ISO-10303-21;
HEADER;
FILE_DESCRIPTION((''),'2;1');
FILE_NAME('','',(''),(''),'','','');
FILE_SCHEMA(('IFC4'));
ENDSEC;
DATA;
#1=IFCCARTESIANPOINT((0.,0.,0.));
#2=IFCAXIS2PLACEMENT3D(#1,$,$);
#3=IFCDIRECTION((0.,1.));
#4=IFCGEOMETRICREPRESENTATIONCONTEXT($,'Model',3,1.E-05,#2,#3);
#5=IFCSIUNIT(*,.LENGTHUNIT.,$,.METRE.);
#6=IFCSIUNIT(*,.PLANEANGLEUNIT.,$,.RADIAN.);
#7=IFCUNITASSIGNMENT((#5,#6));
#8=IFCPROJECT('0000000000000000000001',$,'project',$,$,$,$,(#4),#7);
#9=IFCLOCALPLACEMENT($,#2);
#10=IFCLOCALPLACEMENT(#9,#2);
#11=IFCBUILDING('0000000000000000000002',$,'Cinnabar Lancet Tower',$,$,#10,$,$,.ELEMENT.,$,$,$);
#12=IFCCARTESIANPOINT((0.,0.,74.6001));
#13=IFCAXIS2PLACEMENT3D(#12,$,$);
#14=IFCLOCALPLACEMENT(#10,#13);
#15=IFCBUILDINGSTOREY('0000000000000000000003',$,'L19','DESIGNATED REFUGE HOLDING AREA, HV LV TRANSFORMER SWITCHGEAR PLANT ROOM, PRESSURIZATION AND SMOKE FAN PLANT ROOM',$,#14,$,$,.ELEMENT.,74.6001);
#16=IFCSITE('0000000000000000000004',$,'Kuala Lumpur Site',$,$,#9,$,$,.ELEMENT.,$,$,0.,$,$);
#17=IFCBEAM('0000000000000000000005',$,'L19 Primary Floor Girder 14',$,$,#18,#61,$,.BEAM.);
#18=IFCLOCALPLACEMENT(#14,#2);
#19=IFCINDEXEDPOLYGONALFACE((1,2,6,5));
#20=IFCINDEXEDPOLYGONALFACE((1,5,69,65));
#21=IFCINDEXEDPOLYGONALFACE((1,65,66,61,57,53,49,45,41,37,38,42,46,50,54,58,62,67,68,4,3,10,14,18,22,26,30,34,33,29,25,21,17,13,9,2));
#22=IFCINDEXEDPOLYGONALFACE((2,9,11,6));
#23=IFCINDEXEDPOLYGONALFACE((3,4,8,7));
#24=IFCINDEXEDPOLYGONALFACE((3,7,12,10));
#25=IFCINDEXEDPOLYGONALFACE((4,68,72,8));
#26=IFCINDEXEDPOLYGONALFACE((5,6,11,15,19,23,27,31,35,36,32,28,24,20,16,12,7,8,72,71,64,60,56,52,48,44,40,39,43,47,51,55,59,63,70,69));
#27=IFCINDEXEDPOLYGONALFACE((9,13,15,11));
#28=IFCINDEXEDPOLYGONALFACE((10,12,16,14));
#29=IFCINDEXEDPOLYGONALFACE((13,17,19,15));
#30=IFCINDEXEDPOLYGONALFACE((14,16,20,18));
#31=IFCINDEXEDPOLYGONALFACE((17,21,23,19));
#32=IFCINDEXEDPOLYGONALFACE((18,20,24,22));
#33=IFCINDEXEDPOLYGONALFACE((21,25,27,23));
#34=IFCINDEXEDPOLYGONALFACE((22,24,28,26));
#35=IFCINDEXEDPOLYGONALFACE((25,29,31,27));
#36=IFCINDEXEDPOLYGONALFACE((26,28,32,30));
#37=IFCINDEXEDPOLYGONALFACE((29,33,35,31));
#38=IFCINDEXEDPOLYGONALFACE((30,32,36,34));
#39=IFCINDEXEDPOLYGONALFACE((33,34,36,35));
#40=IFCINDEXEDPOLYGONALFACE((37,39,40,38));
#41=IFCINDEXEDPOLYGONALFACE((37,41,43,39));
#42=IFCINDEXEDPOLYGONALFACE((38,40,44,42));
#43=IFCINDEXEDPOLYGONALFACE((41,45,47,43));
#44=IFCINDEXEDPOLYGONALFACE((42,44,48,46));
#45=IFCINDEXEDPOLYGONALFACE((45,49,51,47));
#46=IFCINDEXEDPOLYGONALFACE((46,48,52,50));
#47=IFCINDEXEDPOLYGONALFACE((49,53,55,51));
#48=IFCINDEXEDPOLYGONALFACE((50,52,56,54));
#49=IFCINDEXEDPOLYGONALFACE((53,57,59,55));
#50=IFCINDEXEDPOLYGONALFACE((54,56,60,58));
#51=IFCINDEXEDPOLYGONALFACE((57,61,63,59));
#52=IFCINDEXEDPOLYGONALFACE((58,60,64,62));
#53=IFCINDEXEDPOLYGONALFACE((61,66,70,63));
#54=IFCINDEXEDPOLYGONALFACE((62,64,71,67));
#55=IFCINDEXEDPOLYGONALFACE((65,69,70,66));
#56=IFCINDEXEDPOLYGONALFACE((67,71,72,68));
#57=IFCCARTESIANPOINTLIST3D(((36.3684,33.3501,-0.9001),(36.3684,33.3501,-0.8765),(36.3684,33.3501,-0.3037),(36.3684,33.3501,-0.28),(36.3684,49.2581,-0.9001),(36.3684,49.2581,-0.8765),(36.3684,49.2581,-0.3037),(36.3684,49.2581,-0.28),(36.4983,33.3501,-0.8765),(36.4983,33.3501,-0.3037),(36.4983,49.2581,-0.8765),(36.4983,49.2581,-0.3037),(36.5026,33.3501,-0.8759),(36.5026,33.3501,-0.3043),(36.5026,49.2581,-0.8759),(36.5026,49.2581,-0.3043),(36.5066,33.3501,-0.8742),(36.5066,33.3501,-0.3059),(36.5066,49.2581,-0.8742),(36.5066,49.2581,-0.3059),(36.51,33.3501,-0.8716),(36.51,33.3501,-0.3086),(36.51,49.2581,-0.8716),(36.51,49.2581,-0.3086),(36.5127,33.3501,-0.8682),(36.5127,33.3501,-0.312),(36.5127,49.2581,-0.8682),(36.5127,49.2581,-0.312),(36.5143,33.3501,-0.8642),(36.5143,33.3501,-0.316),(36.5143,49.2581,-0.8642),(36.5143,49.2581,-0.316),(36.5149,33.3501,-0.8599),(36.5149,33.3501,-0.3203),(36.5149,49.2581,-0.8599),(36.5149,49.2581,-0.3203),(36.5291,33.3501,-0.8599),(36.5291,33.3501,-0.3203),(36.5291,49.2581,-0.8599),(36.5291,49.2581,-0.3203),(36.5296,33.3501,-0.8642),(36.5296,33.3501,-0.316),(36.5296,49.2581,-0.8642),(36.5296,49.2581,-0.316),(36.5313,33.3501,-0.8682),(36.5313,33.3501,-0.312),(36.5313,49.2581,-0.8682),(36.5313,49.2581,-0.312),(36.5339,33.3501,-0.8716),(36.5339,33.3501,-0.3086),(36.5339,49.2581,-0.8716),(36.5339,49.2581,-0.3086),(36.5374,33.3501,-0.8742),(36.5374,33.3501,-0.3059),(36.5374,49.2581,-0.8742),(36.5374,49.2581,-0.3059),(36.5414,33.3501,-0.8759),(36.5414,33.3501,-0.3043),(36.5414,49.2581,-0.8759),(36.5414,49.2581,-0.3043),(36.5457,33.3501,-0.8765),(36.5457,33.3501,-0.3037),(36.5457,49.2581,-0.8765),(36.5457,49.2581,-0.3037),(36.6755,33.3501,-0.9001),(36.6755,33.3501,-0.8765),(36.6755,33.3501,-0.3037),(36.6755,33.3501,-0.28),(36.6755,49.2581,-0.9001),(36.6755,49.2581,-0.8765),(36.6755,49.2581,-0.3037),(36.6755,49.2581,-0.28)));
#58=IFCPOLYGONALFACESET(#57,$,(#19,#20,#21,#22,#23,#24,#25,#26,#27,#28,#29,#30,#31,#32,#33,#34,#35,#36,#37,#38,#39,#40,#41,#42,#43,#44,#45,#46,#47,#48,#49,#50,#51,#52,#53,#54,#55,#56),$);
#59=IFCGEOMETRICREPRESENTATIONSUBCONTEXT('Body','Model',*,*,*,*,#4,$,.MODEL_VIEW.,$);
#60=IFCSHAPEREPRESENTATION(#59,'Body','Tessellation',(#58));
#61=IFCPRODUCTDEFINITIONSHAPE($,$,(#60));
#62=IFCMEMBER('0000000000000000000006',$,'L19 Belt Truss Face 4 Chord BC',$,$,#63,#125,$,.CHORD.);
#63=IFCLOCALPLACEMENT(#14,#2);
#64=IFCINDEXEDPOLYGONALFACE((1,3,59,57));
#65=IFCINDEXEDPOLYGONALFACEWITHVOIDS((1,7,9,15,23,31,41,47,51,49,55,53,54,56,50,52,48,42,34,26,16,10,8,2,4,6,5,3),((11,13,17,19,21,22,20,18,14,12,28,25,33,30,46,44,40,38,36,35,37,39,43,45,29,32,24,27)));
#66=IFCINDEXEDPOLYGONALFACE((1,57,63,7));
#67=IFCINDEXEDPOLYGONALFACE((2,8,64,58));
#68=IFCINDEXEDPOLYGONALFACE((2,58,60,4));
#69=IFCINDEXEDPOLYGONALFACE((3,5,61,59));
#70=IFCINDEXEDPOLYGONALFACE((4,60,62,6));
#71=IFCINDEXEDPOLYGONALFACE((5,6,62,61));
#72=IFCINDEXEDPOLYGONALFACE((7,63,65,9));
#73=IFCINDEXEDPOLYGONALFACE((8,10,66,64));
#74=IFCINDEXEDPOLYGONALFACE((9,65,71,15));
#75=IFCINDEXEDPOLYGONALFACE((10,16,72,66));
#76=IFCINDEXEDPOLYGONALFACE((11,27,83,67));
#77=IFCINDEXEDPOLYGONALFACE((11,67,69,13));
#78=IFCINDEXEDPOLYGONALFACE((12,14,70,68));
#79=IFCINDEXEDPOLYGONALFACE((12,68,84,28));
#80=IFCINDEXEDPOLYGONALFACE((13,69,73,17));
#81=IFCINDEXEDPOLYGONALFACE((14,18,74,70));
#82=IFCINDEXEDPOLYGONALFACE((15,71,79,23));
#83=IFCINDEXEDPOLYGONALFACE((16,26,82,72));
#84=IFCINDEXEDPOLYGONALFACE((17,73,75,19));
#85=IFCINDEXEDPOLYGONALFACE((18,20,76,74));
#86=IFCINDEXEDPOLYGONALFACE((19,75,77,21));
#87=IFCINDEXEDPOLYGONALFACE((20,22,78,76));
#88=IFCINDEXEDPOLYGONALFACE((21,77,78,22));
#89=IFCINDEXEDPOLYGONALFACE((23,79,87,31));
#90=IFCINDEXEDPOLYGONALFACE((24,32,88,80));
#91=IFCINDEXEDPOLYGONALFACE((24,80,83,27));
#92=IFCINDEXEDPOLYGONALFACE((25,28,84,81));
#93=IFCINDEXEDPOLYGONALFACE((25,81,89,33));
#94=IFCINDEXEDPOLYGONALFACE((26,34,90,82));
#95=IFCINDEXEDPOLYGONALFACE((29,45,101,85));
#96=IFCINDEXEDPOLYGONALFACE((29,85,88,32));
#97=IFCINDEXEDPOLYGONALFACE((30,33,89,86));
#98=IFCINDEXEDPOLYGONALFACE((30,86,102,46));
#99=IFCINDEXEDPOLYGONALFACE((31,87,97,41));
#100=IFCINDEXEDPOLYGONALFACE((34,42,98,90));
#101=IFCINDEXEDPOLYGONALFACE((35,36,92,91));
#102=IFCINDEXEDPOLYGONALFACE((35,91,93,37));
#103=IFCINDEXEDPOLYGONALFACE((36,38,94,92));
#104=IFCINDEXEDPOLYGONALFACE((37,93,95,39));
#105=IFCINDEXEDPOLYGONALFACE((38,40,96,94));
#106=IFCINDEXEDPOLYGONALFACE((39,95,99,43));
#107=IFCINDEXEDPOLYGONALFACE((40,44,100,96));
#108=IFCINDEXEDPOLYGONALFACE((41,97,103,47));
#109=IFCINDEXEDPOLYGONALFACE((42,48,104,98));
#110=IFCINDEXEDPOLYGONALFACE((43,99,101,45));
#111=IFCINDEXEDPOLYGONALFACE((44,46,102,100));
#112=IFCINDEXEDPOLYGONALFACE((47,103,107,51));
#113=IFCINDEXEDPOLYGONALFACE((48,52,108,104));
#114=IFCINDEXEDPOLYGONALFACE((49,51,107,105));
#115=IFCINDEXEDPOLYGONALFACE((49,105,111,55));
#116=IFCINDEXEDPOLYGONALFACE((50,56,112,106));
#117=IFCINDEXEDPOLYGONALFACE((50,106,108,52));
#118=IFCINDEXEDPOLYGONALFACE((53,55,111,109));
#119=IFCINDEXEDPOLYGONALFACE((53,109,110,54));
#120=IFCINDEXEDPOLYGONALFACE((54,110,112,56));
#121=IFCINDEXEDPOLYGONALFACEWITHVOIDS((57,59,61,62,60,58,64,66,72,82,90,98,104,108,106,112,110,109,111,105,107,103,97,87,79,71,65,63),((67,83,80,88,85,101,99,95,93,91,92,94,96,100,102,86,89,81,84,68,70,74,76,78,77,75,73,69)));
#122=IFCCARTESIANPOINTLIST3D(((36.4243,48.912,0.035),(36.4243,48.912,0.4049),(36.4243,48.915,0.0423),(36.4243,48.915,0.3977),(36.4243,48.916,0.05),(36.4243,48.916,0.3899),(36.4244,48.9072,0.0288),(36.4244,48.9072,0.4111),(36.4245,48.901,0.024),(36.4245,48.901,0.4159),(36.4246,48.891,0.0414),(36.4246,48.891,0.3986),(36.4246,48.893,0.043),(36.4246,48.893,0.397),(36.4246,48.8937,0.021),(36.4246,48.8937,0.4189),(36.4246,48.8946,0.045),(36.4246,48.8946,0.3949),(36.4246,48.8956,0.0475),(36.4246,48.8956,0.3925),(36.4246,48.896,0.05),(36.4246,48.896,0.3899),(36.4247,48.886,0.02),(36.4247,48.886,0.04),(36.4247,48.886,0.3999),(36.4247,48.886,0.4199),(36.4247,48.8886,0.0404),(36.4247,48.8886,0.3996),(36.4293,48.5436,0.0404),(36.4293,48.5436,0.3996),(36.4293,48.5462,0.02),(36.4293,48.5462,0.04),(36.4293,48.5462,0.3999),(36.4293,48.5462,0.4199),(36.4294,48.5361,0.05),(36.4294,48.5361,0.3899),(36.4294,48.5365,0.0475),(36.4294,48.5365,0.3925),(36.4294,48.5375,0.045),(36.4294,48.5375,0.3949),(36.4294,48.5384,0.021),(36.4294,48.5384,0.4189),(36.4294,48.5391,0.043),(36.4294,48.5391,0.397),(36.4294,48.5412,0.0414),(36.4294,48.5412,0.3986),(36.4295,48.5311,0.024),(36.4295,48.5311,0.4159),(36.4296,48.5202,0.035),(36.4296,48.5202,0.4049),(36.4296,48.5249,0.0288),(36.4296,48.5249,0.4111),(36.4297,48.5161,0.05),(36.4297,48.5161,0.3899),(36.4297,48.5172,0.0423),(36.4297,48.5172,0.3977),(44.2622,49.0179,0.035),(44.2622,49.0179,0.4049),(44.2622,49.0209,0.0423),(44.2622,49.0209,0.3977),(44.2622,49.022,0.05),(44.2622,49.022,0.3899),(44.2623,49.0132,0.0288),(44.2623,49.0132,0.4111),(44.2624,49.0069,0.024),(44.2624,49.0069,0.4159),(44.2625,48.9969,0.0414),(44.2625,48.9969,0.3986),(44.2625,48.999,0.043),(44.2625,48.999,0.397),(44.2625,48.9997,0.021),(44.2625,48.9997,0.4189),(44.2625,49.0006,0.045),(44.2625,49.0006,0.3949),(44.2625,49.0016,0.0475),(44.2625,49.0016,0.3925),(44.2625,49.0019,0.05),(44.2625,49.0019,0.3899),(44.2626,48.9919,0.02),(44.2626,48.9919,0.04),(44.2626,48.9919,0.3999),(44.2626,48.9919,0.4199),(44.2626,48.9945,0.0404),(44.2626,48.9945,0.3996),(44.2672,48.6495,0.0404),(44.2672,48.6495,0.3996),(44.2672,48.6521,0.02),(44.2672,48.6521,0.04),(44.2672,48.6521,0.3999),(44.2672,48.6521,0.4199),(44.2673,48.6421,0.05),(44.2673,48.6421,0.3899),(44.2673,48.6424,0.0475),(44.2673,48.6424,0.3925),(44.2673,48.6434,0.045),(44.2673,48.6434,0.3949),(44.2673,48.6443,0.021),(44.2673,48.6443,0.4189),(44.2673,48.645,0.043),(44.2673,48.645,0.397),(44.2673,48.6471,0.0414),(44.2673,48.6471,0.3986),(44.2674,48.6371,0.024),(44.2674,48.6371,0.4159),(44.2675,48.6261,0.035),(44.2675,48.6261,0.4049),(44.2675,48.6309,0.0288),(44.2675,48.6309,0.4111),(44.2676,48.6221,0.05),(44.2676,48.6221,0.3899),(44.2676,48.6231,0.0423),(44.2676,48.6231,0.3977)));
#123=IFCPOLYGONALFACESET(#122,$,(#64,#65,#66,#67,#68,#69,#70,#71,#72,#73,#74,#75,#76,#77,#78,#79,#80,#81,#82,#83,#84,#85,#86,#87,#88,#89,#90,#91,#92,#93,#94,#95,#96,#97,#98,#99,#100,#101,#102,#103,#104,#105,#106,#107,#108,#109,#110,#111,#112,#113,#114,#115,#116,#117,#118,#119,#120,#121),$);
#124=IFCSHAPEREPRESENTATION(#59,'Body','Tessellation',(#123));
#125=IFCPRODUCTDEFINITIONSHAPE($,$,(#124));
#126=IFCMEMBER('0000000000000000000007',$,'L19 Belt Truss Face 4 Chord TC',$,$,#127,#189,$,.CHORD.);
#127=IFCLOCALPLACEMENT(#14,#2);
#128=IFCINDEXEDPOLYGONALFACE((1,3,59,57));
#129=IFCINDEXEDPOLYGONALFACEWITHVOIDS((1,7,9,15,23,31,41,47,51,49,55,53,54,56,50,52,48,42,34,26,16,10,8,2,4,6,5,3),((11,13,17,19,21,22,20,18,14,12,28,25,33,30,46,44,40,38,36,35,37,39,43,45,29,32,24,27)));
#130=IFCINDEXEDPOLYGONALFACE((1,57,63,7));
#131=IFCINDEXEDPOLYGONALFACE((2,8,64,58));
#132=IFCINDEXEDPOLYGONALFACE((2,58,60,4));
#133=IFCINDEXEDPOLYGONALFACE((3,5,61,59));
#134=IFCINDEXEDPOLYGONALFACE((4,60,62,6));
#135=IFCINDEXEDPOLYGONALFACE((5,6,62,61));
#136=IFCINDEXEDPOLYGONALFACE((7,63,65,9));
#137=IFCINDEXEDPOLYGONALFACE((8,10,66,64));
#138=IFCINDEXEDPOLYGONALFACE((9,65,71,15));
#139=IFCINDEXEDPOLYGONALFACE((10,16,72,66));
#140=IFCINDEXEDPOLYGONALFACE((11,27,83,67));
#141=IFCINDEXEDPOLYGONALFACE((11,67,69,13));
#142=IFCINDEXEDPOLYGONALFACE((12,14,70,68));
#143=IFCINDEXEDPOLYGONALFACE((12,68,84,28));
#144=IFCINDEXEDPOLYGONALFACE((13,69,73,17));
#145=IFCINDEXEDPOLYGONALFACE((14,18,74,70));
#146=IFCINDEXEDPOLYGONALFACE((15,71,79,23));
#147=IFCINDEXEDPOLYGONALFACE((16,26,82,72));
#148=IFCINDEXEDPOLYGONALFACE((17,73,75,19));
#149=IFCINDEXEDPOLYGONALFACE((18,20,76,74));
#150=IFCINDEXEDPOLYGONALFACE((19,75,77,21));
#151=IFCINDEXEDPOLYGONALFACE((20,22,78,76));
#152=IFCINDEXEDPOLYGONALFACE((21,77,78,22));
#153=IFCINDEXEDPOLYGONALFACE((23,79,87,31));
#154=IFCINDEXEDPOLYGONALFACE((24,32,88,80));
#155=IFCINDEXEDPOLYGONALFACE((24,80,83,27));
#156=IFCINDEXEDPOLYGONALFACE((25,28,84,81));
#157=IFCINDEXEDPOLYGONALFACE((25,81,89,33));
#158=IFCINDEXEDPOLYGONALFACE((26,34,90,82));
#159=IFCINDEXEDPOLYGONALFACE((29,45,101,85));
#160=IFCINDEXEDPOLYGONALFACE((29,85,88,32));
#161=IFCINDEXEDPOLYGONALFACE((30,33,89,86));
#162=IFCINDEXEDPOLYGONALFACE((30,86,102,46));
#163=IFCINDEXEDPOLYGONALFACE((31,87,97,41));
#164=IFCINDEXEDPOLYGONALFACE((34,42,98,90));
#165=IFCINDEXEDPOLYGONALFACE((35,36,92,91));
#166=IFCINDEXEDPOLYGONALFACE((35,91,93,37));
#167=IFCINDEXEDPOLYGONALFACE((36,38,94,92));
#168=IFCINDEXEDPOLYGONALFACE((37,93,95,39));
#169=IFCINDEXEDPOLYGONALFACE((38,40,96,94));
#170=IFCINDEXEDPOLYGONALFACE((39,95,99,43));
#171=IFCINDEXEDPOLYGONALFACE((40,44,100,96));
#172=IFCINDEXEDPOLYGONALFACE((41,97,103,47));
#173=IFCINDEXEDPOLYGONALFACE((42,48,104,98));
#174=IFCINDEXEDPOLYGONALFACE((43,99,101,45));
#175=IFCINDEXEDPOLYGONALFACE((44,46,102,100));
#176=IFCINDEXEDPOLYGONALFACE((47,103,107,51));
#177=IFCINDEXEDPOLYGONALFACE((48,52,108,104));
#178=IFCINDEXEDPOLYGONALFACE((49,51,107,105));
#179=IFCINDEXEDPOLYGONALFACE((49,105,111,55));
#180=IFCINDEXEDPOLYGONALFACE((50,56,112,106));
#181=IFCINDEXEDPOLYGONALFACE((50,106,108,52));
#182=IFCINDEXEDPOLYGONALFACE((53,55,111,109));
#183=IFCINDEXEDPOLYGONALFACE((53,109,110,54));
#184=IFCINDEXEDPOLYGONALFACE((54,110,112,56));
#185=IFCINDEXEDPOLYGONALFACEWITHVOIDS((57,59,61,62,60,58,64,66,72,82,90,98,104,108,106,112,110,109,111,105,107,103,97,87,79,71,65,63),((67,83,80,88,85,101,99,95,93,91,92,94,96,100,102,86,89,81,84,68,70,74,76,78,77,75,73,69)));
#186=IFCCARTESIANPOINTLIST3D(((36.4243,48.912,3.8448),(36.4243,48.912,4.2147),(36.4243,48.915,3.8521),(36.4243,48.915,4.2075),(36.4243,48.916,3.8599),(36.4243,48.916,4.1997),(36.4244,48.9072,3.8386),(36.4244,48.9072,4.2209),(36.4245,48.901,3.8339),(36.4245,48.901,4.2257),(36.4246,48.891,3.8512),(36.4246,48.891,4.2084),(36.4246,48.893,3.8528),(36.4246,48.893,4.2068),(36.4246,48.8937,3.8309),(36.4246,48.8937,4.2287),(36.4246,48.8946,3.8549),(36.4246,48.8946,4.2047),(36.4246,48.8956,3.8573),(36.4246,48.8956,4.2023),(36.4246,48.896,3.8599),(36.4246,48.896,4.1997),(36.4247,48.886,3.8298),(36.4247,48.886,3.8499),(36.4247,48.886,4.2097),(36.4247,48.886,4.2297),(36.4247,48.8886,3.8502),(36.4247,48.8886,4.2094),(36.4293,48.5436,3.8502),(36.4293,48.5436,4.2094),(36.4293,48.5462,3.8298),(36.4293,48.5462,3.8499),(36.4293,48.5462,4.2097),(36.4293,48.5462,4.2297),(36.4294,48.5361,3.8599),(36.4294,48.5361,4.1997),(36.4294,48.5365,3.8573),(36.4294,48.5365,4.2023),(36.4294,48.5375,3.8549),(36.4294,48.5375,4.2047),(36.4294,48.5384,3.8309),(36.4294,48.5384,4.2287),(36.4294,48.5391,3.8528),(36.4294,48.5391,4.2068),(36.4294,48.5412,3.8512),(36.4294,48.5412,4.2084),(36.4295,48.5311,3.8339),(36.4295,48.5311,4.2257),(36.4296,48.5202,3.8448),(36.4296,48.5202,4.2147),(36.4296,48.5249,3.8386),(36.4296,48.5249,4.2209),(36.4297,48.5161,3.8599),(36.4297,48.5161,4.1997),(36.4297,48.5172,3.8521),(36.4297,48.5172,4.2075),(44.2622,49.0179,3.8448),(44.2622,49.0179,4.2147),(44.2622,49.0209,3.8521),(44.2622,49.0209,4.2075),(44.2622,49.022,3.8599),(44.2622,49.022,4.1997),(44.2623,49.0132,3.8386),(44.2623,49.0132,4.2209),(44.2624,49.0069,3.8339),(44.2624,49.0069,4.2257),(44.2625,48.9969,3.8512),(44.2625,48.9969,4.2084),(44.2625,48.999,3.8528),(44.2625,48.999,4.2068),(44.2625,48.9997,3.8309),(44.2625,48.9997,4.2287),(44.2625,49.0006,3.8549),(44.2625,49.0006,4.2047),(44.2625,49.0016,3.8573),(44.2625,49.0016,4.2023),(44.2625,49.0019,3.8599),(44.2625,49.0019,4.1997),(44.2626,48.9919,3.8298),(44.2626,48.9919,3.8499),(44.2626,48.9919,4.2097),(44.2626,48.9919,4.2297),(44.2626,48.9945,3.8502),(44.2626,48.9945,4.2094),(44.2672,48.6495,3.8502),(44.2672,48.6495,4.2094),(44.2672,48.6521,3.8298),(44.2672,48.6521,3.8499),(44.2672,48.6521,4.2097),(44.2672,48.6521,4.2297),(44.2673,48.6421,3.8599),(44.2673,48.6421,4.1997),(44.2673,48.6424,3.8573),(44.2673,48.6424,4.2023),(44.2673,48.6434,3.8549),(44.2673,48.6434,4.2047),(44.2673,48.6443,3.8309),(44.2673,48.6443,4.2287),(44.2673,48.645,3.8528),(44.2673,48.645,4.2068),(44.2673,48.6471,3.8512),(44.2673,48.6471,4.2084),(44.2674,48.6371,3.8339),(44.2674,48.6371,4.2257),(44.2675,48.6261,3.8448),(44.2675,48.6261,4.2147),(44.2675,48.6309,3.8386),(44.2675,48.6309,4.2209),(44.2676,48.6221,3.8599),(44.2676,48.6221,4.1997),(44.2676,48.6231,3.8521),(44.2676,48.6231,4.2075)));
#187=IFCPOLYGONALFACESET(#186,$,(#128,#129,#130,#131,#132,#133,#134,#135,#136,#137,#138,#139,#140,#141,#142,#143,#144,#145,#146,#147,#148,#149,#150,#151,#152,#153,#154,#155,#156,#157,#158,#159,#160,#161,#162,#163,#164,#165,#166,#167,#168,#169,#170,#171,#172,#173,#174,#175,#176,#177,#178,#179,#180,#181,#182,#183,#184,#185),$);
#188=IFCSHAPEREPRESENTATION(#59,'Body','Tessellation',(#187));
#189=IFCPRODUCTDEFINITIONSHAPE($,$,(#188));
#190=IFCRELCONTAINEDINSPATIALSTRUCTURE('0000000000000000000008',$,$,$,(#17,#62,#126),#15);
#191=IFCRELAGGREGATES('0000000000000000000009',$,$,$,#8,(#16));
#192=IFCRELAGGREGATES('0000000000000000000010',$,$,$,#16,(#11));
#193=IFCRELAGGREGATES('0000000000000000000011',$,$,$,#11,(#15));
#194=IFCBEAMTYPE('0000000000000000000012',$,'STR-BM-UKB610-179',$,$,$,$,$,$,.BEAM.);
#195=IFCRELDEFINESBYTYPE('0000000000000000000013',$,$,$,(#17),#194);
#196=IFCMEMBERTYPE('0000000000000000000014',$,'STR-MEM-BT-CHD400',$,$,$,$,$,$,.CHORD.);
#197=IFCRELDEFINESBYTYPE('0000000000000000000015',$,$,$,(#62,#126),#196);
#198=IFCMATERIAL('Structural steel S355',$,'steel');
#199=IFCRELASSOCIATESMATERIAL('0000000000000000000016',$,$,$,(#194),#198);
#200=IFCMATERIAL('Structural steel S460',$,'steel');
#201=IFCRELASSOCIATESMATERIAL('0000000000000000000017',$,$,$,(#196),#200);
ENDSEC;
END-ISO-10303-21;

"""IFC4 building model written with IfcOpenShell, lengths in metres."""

from ifc_helpers import new_model, si_unit, direction, frame, origin, origin_2d, place, context, subcontext, project, spatial, hollow_rectangle, i_section, extrude, material, material_profile, profile_set, type_object, element, save


model = new_model("IFC4")

# Units and contexts
model_context = context("Model", 3, precision=1e-05, world=origin(), true_north=direction((0.0, 1.0)))
body_context = subcontext(model_context, "Body", "Model", "MODEL_VIEW")
ifc_project = project(units=[si_unit("LENGTHUNIT", "METRE"), si_unit("PLANEANGLEUNIT", "RADIAN")], contexts=[model_context])

# Site, building, storey
site_placement = place(None, origin())
site = spatial("IfcSite", under=ifc_project, at=site_placement, Name="Kuala Lumpur Site", CompositionType="ELEMENT", RefElevation=0.0)
building_placement = place(site_placement, origin())
building = spatial("IfcBuilding", under=site, at=building_placement, Name="Cinnabar Lancet Tower", CompositionType="ELEMENT")
storey_placement = place(building_placement, frame((0.0, 0.0, 74.6001)))
storey = spatial("IfcBuildingStorey", under=building, at=storey_placement, Name="L19", Description="DESIGNATED REFUGE HOLDING AREA, HV LV TRANSFORMER SWITCHGEAR PLANT ROOM, PRESSURIZATION AND SMOKE FAN PLANT ROOM", CompositionType="ELEMENT", Elevation=74.6001)

# Beam
ifc_material_1 = material(Name="Structural steel S355", Category="steel")
ifc_material_profile_1 = material_profile(ifc_material_1, i_section(OverallWidth=0.3071, OverallDepth=0.6201, WebThickness=0.0142, FlangeThickness=0.0237, FilletRadius=0.0166, at=origin_2d()), Name="UKB 610x305x179")
ifc_profile_set_1 = profile_set([ifc_material_profile_1], Name="Structural steel S355")
beam_type_1 = type_object("IfcBeamType", Name="STR-BM-UKB610-179", PredefinedType="BEAM", material=ifc_profile_set_1)
beam_1_placement = place(storey_placement, frame((36.522, 49.2581, -0.5901), z_axis=(0.0, -1.0, 0.0), x_axis=(1.0, 0.0, 0.0)))
element("IfcBeam", 1, at=beam_1_placement, inside=storey, type_object=beam_type_1, Name="L19 Primary Floor Girder 14", PredefinedType="BEAM", context=body_context, shape_type="SweptSolid", body=[
    extrude(i_section(OverallWidth=0.3071, OverallDepth=0.6201, WebThickness=0.0142, FlangeThickness=0.0237, FilletRadius=0.0166, at=origin_2d()), origin(), (0.0, 0.0, 1.0), 15.908),
])

# Members
ifc_material_2 = material(Name="Structural steel S460", Category="steel")
ifc_material_profile_2 = material_profile(ifc_material_2, hollow_rectangle(XDim=0.3999, YDim=0.3999, WallThickness=0.02, InnerFilletRadius=0.01, OuterFilletRadius=0.03, at=origin_2d()), Name="SHS 400x400x20")
ifc_profile_set_2 = profile_set([ifc_material_profile_2], Name="Structural steel S460")
member_type_1 = type_object("IfcMemberType", Name="STR-MEM-BT-CHD400", PredefinedType="CHORD", material=ifc_profile_set_2)
for number, where, z_axis, x_axis, name in (
    (2, (44.2649, 48.822, 0.22), (-0.999909, -0.013517, 0.0), (0.013517, -0.999909, 0.0), "L19 Belt Truss Face 4 Chord BC"),
    (3, (44.2649, 48.822, 4.0298), (-0.999909, -0.013517, 0.0), (0.013517, -0.999909, 0.0), "L19 Belt Truss Face 4 Chord TC"),
):
    element("IfcMember", number, at=place(storey_placement, frame(where, z_axis=z_axis, x_axis=x_axis)), inside=storey, type_object=member_type_1, Name=name, PredefinedType="CHORD", context=body_context, shape_type="SweptSolid", body=[
        extrude(hollow_rectangle(XDim=0.3999, YDim=0.3999, WallThickness=0.02, InnerFilletRadius=0.01, OuterFilletRadius=0.03, at=origin_2d()), origin(), (0.0, 0.0, 1.0), 7.8386),
    ])

save(model, "model.ifc")
